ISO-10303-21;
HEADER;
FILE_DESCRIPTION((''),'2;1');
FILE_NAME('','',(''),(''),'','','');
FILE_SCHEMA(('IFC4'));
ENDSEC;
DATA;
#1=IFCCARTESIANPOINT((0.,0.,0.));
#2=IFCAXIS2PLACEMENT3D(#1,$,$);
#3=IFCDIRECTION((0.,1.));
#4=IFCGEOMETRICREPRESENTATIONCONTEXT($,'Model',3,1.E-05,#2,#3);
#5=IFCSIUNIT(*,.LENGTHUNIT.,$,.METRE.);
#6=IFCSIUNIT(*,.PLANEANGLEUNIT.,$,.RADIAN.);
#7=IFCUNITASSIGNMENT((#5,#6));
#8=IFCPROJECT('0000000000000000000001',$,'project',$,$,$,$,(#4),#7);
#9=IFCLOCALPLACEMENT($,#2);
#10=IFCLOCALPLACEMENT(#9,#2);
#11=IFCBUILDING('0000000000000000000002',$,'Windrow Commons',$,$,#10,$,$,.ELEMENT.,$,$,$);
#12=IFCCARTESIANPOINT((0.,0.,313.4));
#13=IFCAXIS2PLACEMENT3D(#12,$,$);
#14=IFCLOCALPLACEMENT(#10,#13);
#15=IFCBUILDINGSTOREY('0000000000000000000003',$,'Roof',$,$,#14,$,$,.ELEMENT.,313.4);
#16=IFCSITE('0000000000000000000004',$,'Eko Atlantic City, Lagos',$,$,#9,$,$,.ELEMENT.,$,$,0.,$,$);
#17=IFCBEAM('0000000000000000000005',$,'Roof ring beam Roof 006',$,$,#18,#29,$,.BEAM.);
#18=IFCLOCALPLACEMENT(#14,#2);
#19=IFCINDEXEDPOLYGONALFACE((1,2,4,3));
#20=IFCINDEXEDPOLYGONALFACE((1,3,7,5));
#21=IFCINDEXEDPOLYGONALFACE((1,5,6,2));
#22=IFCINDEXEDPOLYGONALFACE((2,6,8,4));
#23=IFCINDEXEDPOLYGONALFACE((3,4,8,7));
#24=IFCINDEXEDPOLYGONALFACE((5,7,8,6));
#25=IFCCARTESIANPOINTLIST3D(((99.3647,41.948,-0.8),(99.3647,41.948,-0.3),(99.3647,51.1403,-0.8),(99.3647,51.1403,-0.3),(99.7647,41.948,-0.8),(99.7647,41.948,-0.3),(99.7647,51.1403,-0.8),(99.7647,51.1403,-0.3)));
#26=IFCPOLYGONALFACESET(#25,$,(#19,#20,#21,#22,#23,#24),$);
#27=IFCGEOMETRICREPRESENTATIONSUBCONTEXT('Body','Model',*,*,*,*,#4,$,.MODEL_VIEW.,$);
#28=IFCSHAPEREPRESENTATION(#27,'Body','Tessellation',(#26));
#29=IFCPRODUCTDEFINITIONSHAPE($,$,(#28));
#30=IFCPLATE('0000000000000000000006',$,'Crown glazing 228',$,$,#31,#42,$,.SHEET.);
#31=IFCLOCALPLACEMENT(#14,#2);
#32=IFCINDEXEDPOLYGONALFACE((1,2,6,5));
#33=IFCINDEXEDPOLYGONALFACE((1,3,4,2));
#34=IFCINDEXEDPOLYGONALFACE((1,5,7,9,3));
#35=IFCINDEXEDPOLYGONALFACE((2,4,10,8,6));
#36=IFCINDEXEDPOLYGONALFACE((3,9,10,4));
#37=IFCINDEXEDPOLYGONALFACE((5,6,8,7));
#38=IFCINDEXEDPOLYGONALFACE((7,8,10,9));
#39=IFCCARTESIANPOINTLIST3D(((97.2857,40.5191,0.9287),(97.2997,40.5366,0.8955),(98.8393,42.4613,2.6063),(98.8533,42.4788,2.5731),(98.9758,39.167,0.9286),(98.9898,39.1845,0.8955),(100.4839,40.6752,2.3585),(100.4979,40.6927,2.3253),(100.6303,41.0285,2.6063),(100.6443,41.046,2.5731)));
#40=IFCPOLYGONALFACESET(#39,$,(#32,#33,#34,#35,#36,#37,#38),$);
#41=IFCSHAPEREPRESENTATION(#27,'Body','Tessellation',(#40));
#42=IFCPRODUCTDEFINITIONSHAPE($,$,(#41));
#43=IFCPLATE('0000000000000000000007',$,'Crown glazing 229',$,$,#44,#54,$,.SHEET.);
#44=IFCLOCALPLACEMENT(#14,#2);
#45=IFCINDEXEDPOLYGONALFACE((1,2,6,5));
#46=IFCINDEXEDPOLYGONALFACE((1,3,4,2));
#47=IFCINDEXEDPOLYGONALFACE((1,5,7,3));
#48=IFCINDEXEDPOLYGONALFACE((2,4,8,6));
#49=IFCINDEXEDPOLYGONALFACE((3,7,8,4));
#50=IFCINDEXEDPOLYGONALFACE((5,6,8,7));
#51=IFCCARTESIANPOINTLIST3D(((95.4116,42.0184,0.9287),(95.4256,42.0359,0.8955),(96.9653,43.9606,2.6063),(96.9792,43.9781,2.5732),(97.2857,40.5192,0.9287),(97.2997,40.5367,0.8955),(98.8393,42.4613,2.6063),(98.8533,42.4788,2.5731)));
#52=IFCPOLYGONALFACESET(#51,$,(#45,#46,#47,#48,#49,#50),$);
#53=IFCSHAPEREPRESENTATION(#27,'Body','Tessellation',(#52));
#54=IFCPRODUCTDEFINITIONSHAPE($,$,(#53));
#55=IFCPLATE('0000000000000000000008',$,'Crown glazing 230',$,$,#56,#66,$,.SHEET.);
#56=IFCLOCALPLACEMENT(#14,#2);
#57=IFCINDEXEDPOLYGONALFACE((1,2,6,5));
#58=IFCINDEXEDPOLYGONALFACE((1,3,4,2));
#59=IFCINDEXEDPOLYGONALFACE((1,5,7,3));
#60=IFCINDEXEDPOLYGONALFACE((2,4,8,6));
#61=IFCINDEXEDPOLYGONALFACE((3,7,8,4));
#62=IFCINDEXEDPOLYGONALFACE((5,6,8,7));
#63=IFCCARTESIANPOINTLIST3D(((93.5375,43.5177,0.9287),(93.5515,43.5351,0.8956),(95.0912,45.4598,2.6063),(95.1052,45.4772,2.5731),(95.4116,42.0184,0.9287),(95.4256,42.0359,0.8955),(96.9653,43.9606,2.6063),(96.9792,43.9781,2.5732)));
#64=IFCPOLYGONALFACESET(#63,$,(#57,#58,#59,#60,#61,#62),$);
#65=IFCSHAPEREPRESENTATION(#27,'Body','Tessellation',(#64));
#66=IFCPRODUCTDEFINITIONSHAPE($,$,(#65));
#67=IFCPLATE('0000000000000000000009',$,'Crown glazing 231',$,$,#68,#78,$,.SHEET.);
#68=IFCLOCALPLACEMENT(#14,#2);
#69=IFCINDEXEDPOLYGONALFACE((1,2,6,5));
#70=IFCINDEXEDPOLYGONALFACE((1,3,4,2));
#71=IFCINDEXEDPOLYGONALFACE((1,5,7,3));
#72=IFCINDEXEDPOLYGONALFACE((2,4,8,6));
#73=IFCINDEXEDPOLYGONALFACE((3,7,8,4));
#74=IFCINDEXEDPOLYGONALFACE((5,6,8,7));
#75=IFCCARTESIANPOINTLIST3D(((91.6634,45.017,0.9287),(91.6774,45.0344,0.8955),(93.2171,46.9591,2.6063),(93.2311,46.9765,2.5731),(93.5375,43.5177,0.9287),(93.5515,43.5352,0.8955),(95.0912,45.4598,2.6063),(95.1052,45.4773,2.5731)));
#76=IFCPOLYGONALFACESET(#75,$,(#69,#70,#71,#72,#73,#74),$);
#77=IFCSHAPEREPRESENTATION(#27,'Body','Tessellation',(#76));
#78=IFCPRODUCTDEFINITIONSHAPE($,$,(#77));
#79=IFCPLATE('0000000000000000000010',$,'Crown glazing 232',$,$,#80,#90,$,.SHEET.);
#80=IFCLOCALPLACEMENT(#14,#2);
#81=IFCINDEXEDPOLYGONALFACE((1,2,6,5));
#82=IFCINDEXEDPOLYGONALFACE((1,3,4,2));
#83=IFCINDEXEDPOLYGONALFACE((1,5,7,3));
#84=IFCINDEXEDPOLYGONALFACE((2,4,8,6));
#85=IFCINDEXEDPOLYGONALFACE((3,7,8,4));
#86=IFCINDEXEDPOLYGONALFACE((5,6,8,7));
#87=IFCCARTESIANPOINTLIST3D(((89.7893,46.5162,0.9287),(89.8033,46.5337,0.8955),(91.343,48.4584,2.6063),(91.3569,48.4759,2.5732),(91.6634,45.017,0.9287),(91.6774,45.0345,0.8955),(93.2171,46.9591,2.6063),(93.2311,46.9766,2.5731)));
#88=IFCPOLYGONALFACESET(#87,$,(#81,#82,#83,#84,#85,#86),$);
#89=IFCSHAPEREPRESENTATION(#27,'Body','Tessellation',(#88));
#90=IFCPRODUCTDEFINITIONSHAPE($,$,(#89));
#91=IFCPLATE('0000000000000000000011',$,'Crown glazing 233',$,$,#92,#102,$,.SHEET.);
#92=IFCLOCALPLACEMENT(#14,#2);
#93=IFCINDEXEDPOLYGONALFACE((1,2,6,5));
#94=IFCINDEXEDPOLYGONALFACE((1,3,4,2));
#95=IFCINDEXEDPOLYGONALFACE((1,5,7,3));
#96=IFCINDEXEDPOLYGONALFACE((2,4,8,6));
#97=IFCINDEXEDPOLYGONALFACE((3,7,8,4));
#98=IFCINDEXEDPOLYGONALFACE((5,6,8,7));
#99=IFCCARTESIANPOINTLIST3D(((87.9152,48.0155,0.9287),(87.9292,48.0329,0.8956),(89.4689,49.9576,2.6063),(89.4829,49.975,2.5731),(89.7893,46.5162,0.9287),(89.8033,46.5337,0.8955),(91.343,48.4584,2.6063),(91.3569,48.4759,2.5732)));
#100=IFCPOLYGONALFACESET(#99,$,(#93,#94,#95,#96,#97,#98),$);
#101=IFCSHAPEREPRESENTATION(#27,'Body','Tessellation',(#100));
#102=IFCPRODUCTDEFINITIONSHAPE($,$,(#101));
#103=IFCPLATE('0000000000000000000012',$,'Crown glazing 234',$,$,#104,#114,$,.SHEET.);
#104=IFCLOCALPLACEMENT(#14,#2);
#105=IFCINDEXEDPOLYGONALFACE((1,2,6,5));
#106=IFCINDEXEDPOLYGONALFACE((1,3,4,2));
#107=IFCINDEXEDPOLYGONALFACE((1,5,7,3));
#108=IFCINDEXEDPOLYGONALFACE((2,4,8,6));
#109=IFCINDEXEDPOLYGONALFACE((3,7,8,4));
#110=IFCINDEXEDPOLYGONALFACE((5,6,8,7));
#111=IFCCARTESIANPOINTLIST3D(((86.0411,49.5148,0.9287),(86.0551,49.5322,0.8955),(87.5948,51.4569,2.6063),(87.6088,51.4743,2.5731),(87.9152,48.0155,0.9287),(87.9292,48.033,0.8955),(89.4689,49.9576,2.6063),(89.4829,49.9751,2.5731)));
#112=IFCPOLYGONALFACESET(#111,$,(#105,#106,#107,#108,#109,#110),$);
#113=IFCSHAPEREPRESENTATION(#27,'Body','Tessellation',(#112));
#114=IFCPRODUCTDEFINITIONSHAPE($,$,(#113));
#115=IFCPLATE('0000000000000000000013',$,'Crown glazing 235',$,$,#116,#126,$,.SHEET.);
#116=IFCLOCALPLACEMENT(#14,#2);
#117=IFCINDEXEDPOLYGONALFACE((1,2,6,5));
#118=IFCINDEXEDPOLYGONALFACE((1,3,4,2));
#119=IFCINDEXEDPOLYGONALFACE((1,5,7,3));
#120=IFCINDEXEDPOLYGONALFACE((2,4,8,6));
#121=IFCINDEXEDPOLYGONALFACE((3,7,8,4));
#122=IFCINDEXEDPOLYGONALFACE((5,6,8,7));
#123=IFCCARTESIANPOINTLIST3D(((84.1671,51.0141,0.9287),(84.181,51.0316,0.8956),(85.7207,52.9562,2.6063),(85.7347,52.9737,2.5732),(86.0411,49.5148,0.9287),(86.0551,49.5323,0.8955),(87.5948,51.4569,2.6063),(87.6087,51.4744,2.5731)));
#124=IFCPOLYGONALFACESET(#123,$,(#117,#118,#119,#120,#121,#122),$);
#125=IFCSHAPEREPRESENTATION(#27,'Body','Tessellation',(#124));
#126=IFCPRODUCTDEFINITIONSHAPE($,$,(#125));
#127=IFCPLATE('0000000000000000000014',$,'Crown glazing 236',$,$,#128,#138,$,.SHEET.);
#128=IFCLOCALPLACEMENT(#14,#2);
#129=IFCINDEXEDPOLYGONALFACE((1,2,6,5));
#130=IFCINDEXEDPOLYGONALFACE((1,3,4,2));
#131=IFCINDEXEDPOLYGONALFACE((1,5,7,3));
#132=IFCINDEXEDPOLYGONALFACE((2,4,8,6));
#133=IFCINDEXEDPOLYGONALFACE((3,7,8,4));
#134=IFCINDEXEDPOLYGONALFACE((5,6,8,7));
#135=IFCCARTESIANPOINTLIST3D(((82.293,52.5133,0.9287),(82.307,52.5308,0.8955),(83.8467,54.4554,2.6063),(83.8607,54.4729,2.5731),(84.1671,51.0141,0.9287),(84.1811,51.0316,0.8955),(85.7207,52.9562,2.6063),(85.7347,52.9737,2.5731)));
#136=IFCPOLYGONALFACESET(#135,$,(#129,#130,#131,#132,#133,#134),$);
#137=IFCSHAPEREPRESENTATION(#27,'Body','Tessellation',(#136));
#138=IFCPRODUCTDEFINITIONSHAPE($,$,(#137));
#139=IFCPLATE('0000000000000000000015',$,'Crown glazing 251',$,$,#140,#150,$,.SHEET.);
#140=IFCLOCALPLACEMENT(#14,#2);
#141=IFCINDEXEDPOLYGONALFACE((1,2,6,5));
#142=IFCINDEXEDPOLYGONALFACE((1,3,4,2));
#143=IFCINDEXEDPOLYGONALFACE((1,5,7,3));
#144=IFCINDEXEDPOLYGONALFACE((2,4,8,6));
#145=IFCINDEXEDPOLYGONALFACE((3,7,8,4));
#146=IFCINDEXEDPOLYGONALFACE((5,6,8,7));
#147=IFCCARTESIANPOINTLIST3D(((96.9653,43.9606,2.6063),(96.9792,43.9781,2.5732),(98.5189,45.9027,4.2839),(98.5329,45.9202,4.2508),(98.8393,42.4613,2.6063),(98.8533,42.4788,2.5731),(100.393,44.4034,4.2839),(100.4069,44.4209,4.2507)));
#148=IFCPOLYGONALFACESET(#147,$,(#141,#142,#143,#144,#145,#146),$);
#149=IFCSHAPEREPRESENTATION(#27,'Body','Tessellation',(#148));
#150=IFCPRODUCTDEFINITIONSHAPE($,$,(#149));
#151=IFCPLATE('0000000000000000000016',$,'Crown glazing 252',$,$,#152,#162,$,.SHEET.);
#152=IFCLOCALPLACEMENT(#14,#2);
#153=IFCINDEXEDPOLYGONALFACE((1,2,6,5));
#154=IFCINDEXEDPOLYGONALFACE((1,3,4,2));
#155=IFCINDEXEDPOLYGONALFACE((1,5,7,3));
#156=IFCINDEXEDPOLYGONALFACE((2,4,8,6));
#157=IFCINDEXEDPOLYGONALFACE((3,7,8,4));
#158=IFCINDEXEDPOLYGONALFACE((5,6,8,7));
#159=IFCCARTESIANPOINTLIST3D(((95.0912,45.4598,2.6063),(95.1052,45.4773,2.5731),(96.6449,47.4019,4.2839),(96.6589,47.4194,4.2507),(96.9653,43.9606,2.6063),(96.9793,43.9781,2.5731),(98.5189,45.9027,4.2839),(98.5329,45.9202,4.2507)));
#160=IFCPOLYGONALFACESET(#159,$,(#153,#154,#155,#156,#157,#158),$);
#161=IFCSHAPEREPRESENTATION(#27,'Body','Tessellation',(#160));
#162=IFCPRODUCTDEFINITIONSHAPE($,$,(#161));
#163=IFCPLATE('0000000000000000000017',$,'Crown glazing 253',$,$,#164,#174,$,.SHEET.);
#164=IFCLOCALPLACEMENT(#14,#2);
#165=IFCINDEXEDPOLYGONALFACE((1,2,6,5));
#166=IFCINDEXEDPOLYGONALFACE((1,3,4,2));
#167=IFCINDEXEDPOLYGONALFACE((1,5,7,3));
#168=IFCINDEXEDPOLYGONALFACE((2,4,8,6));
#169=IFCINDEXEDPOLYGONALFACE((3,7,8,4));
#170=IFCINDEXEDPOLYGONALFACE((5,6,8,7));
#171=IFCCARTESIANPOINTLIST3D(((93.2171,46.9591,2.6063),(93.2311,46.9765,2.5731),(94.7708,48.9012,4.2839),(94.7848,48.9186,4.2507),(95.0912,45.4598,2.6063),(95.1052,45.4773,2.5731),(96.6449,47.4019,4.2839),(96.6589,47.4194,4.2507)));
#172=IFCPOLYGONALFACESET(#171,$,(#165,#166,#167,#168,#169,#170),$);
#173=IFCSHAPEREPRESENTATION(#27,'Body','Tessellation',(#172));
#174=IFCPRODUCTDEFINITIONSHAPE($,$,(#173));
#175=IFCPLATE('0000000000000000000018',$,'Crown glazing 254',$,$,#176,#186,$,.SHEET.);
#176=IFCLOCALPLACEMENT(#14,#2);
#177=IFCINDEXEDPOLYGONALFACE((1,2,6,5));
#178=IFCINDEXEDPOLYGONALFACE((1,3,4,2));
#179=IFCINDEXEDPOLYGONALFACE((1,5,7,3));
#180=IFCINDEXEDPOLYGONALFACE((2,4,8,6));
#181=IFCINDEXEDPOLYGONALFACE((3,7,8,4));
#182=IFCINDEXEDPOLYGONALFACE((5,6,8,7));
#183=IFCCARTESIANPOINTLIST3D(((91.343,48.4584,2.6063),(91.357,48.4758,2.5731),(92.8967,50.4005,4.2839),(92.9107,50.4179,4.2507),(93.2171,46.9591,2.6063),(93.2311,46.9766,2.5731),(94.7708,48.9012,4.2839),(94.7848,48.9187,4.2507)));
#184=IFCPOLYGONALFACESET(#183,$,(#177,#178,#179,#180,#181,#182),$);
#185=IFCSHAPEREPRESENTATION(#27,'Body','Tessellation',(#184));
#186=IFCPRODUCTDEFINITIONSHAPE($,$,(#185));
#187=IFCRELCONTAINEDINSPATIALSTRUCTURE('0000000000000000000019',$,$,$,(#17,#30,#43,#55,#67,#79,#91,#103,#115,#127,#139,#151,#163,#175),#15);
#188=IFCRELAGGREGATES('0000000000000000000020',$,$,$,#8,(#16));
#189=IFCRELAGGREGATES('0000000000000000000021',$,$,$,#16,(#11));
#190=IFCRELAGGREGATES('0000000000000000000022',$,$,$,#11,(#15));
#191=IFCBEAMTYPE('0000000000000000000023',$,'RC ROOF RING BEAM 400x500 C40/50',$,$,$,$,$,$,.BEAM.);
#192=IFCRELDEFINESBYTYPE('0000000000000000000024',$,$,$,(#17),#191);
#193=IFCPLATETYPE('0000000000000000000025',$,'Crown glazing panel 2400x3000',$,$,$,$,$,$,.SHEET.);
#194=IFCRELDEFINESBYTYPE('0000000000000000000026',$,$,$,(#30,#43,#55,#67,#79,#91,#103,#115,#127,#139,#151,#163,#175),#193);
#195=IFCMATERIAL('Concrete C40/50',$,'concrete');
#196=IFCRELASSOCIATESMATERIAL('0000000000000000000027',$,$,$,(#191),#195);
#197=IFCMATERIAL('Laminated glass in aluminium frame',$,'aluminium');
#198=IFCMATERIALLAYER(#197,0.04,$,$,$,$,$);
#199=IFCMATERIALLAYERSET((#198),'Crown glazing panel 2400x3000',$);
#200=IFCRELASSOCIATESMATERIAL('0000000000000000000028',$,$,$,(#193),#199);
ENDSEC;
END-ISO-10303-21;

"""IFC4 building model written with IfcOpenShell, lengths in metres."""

from ifc_helpers import new_model, si_unit, direction, frame, origin, origin_2d, place, context, subcontext, project, spatial, polyline, rectangle, outline, extrude, material, layer, layer_set, material_profile, profile_set, type_object, element, save


model = new_model("IFC4")

# Units and contexts
model_context = context("Model", 3, precision=1e-05, world=origin(), true_north=direction((0.0, 1.0)))
body_context = subcontext(model_context, "Body", "Model", "MODEL_VIEW")
ifc_project = project(units=[si_unit("LENGTHUNIT", "METRE"), si_unit("PLANEANGLEUNIT", "RADIAN")], contexts=[model_context])

# Site, building, storey
site_placement = place(None, origin())
site = spatial("IfcSite", under=ifc_project, at=site_placement, Name="Eko Atlantic City, Lagos", CompositionType="ELEMENT", RefElevation=0.0)
building_placement = place(site_placement, origin())
building = spatial("IfcBuilding", under=site, at=building_placement, Name="Windrow Commons", CompositionType="ELEMENT")
storey_placement = place(building_placement, frame((0.0, 0.0, 313.4)))
storey = spatial("IfcBuildingStorey", under=building, at=storey_placement, Name="Roof", CompositionType="ELEMENT", Elevation=313.4)

# Beam
ifc_material_1 = material(Name="Concrete C40/50", Category="concrete")
ifc_material_profile = material_profile(ifc_material_1, rectangle(XDim=0.4, YDim=0.5, at=origin_2d()))
ifc_profile_set = profile_set([ifc_material_profile], Name="Concrete C40/50")
beam_type = type_object("IfcBeamType", Name="RC ROOF RING BEAM 400x500 C40/50", PredefinedType="BEAM", material=ifc_profile_set)
beam_placement = place(storey_placement, frame((99.5647, 51.1403, -0.55), z_axis=(0.0, -1.0, 0.0), x_axis=(1.0, 0.0, 0.0)))
element("IfcBeam", 1, at=beam_placement, inside=storey, type_object=beam_type, Name="Roof ring beam Roof 006", PredefinedType="BEAM", context=body_context, shape_type="SweptSolid", body=[
    extrude(rectangle(XDim=0.4, YDim=0.5, at=origin_2d()), origin(), (0.0, 0.0, 1.0), 9.1923),
])

# Plates
ifc_material_2 = material(Name="Laminated glass in aluminium frame", Category="aluminium")
ifc_layer = layer(ifc_material_2, 0.04)
ifc_layer_set = layer_set([ifc_layer], Name="Crown glazing panel 2400x3000")
plate_type = type_object("IfcPlateType", Name="Crown glazing panel 2400x3000", PredefinedType="SHEET", material=ifc_layer_set)
plate_1_placement = place(storey_placement, frame((100.4839, 40.6752, 2.3585), z_axis=(-0.349334, -0.436658, 0.829033), x_axis=(-0.587316, -0.587354, -0.556844)))
element("IfcPlate", 2, at=plate_1_placement, inside=storey, type_object=plate_type, Name="Crown glazing 228", PredefinedType="SHEET", context=body_context, shape_type="SweptSolid", body=[
    extrude(outline(polyline([(0.0, 0.0), (2.5678, 0.0), (2.7662, -2.1553), (-0.2212, -2.4305), (-0.4315, -0.1466), (0.0, 0.0)])), origin(), (0.0, 0.0, -1.0), 0.04),
])
plate_2_placement = place(storey_placement, frame((97.2857, 40.5192, 0.9287), z_axis=(-0.349329, -0.436658, 0.829035), x_axis=(-0.780879, 0.624682, -0.000014)))
element("IfcPlate", 3, at=plate_2_placement, inside=storey, type_object=plate_type, Name="Crown glazing 229", PredefinedType="SHEET", context=body_context, shape_type="SweptSolid", body=[
    extrude(outline(polyline([(0.0, 0.0), (2.4, 0.0), (2.4, -3.0001), (0.0, -3.0), (0.0, 0.0)])), origin(), (0.0, 0.0, -1.0), 0.04),
])
plate_3_placement = place(storey_placement, frame((95.4116, 42.0184, 0.9287), z_axis=(-0.34932, -0.436659, 0.829038), x_axis=(-0.780868, 0.624696, 0.000008)))
element("IfcPlate", 4, at=plate_3_placement, inside=storey, type_object=plate_type, Name="Crown glazing 230", PredefinedType="SHEET", context=body_context, shape_type="SweptSolid", body=[
    extrude(outline(polyline([(0.0, 0.0), (2.4, 0.0), (2.4, -3.0), (0.0001, -3.0001), (0.0, 0.0)])), origin(), (0.0, 0.0, -1.0), 0.04),
])
plate_4_placement = place(storey_placement, frame((93.5375, 43.5177, 0.9287), z_axis=(-0.349331, -0.436658, 0.829034), x_axis=(-0.780865, 0.6247, 0.0)))
element("IfcPlate", 5, at=plate_4_placement, inside=storey, type_object=plate_type, Name="Crown glazing 231", PredefinedType="SHEET", context=body_context, shape_type="SweptSolid", body=[
    extrude(outline(polyline([(0.0, 0.0), (2.4, 0.0), (2.4, -3.0), (0.0, -3.0), (0.0, 0.0)])), origin(), (0.0, 0.0, -1.0), 0.04),
])
plate_5_placement = place(storey_placement, frame((91.6634, 45.017, 0.9287), z_axis=(-0.34932, -0.436659, 0.829038), x_axis=(-0.780882, 0.624679, -0.000008)))
element("IfcPlate", 6, at=plate_5_placement, inside=storey, type_object=plate_type, Name="Crown glazing 232", PredefinedType="SHEET", context=body_context, shape_type="SweptSolid", body=[
    extrude(outline(polyline([(0.0, 0.0), (2.4, 0.0), (2.4, -3.0001), (-0.0001, -3.0), (0.0, 0.0)])), origin(), (0.0, 0.0, -1.0), 0.04),
])
plate_6_placement = place(storey_placement, frame((89.7893, 46.5162, 0.9287), z_axis=(-0.34932, -0.436659, 0.829038), x_axis=(-0.780868, 0.624696, 0.000008)))
element("IfcPlate", 7, at=plate_6_placement, inside=storey, type_object=plate_type, Name="Crown glazing 233", PredefinedType="SHEET", context=body_context, shape_type="SweptSolid", body=[
    extrude(outline(polyline([(0.0, 0.0), (2.4, 0.0), (2.4, -3.0), (0.0001, -3.0001), (0.0, 0.0)])), origin(), (0.0, 0.0, -1.0), 0.04),
])
plate_7_placement = place(storey_placement, frame((87.9152, 48.0155, 0.9287), z_axis=(-0.349331, -0.436658, 0.829034), x_axis=(-0.780865, 0.6247, 0.0)))
element("IfcPlate", 8, at=plate_7_placement, inside=storey, type_object=plate_type, Name="Crown glazing 234", PredefinedType="SHEET", context=body_context, shape_type="SweptSolid", body=[
    extrude(outline(polyline([(0.0, 0.0), (2.4, 0.0), (2.4, -3.0), (0.0, -3.0), (0.0, 0.0)])), origin(), (0.0, 0.0, -1.0), 0.04),
])
plate_8_placement = place(storey_placement, frame((86.0411, 49.5148, 0.9287), z_axis=(-0.349339, -0.436657, 0.829031), x_axis=(-0.780851, 0.624717, 0.000006)))
element("IfcPlate", 9, at=plate_8_placement, inside=storey, type_object=plate_type, Name="Crown glazing 235", PredefinedType="SHEET", context=body_context, shape_type="SweptSolid", body=[
    extrude(outline(polyline([(0.0, 0.0), (2.4, 0.0), (2.4001, -3.0), (0.0001, -3.0), (0.0, 0.0)])), origin(), (0.0, 0.0, -1.0), 0.04),
])
plate_9_placement = place(storey_placement, frame((84.1671, 51.0141, 0.9287), z_axis=(-0.349325, -0.436668, 0.829031), x_axis=(-0.780883, 0.624678, -0.000006)))
element("IfcPlate", 10, at=plate_9_placement, inside=storey, type_object=plate_type, Name="Crown glazing 236", PredefinedType="SHEET", context=body_context, shape_type="SweptSolid", body=[
    extrude(outline(polyline([(0.0, 0.0), (2.4, 0.0), (2.3999, -3.0), (0.0, -3.0), (0.0, 0.0)])), origin(), (0.0, 0.0, -1.0), 0.04),
])
plate_10_placement = place(storey_placement, frame((98.8393, 42.4613, 2.6063), z_axis=(-0.349339, -0.436657, 0.829031), x_axis=(-0.780851, 0.624717, 0.000006)))
element("IfcPlate", 11, at=plate_10_placement, inside=storey, type_object=plate_type, Name="Crown glazing 251", PredefinedType="SHEET", context=body_context, shape_type="SweptSolid", body=[
    extrude(outline(polyline([(0.0, 0.0), (2.4, 0.0), (2.4001, -3.0), (0.0001, -3.0), (0.0, 0.0)])), origin(), (0.0, 0.0, -1.0), 0.04),
])
plate_11_placement = place(storey_placement, frame((96.9653, 43.9606, 2.6063), z_axis=(-0.349325, -0.436668, 0.829031), x_axis=(-0.780883, 0.624678, -0.000006)))
element("IfcPlate", 12, at=plate_11_placement, inside=storey, type_object=plate_type, Name="Crown glazing 252", PredefinedType="SHEET", context=body_context, shape_type="SweptSolid", body=[
    extrude(outline(polyline([(0.0, 0.0), (2.4, 0.0), (2.3999, -3.0), (0.0, -3.0), (0.0, 0.0)])), origin(), (0.0, 0.0, -1.0), 0.04),
])
for number, where, z_axis, x_axis, name in (
    (13, (95.0912, 45.4598, 2.6063), (-0.349331, -0.436658, 0.829034), (-0.780865, 0.6247, 0.0), "Crown glazing 253"),
    (14, (93.2171, 46.9591, 2.6063), (-0.349331, -0.436658, 0.829034), (-0.780865, 0.6247, 0.0), "Crown glazing 254"),
):
    element("IfcPlate", number, at=place(storey_placement, frame(where, z_axis=z_axis, x_axis=x_axis)), inside=storey, type_object=plate_type, Name=name, PredefinedType="SHEET", context=body_context, shape_type="SweptSolid", body=[
        extrude(outline(polyline([(0.0, 0.0), (2.4, 0.0), (2.4, -3.0), (0.0, -3.0), (0.0, 0.0)])), origin(), (0.0, 0.0, -1.0), 0.04),
    ])

save(model, "model.ifc")
